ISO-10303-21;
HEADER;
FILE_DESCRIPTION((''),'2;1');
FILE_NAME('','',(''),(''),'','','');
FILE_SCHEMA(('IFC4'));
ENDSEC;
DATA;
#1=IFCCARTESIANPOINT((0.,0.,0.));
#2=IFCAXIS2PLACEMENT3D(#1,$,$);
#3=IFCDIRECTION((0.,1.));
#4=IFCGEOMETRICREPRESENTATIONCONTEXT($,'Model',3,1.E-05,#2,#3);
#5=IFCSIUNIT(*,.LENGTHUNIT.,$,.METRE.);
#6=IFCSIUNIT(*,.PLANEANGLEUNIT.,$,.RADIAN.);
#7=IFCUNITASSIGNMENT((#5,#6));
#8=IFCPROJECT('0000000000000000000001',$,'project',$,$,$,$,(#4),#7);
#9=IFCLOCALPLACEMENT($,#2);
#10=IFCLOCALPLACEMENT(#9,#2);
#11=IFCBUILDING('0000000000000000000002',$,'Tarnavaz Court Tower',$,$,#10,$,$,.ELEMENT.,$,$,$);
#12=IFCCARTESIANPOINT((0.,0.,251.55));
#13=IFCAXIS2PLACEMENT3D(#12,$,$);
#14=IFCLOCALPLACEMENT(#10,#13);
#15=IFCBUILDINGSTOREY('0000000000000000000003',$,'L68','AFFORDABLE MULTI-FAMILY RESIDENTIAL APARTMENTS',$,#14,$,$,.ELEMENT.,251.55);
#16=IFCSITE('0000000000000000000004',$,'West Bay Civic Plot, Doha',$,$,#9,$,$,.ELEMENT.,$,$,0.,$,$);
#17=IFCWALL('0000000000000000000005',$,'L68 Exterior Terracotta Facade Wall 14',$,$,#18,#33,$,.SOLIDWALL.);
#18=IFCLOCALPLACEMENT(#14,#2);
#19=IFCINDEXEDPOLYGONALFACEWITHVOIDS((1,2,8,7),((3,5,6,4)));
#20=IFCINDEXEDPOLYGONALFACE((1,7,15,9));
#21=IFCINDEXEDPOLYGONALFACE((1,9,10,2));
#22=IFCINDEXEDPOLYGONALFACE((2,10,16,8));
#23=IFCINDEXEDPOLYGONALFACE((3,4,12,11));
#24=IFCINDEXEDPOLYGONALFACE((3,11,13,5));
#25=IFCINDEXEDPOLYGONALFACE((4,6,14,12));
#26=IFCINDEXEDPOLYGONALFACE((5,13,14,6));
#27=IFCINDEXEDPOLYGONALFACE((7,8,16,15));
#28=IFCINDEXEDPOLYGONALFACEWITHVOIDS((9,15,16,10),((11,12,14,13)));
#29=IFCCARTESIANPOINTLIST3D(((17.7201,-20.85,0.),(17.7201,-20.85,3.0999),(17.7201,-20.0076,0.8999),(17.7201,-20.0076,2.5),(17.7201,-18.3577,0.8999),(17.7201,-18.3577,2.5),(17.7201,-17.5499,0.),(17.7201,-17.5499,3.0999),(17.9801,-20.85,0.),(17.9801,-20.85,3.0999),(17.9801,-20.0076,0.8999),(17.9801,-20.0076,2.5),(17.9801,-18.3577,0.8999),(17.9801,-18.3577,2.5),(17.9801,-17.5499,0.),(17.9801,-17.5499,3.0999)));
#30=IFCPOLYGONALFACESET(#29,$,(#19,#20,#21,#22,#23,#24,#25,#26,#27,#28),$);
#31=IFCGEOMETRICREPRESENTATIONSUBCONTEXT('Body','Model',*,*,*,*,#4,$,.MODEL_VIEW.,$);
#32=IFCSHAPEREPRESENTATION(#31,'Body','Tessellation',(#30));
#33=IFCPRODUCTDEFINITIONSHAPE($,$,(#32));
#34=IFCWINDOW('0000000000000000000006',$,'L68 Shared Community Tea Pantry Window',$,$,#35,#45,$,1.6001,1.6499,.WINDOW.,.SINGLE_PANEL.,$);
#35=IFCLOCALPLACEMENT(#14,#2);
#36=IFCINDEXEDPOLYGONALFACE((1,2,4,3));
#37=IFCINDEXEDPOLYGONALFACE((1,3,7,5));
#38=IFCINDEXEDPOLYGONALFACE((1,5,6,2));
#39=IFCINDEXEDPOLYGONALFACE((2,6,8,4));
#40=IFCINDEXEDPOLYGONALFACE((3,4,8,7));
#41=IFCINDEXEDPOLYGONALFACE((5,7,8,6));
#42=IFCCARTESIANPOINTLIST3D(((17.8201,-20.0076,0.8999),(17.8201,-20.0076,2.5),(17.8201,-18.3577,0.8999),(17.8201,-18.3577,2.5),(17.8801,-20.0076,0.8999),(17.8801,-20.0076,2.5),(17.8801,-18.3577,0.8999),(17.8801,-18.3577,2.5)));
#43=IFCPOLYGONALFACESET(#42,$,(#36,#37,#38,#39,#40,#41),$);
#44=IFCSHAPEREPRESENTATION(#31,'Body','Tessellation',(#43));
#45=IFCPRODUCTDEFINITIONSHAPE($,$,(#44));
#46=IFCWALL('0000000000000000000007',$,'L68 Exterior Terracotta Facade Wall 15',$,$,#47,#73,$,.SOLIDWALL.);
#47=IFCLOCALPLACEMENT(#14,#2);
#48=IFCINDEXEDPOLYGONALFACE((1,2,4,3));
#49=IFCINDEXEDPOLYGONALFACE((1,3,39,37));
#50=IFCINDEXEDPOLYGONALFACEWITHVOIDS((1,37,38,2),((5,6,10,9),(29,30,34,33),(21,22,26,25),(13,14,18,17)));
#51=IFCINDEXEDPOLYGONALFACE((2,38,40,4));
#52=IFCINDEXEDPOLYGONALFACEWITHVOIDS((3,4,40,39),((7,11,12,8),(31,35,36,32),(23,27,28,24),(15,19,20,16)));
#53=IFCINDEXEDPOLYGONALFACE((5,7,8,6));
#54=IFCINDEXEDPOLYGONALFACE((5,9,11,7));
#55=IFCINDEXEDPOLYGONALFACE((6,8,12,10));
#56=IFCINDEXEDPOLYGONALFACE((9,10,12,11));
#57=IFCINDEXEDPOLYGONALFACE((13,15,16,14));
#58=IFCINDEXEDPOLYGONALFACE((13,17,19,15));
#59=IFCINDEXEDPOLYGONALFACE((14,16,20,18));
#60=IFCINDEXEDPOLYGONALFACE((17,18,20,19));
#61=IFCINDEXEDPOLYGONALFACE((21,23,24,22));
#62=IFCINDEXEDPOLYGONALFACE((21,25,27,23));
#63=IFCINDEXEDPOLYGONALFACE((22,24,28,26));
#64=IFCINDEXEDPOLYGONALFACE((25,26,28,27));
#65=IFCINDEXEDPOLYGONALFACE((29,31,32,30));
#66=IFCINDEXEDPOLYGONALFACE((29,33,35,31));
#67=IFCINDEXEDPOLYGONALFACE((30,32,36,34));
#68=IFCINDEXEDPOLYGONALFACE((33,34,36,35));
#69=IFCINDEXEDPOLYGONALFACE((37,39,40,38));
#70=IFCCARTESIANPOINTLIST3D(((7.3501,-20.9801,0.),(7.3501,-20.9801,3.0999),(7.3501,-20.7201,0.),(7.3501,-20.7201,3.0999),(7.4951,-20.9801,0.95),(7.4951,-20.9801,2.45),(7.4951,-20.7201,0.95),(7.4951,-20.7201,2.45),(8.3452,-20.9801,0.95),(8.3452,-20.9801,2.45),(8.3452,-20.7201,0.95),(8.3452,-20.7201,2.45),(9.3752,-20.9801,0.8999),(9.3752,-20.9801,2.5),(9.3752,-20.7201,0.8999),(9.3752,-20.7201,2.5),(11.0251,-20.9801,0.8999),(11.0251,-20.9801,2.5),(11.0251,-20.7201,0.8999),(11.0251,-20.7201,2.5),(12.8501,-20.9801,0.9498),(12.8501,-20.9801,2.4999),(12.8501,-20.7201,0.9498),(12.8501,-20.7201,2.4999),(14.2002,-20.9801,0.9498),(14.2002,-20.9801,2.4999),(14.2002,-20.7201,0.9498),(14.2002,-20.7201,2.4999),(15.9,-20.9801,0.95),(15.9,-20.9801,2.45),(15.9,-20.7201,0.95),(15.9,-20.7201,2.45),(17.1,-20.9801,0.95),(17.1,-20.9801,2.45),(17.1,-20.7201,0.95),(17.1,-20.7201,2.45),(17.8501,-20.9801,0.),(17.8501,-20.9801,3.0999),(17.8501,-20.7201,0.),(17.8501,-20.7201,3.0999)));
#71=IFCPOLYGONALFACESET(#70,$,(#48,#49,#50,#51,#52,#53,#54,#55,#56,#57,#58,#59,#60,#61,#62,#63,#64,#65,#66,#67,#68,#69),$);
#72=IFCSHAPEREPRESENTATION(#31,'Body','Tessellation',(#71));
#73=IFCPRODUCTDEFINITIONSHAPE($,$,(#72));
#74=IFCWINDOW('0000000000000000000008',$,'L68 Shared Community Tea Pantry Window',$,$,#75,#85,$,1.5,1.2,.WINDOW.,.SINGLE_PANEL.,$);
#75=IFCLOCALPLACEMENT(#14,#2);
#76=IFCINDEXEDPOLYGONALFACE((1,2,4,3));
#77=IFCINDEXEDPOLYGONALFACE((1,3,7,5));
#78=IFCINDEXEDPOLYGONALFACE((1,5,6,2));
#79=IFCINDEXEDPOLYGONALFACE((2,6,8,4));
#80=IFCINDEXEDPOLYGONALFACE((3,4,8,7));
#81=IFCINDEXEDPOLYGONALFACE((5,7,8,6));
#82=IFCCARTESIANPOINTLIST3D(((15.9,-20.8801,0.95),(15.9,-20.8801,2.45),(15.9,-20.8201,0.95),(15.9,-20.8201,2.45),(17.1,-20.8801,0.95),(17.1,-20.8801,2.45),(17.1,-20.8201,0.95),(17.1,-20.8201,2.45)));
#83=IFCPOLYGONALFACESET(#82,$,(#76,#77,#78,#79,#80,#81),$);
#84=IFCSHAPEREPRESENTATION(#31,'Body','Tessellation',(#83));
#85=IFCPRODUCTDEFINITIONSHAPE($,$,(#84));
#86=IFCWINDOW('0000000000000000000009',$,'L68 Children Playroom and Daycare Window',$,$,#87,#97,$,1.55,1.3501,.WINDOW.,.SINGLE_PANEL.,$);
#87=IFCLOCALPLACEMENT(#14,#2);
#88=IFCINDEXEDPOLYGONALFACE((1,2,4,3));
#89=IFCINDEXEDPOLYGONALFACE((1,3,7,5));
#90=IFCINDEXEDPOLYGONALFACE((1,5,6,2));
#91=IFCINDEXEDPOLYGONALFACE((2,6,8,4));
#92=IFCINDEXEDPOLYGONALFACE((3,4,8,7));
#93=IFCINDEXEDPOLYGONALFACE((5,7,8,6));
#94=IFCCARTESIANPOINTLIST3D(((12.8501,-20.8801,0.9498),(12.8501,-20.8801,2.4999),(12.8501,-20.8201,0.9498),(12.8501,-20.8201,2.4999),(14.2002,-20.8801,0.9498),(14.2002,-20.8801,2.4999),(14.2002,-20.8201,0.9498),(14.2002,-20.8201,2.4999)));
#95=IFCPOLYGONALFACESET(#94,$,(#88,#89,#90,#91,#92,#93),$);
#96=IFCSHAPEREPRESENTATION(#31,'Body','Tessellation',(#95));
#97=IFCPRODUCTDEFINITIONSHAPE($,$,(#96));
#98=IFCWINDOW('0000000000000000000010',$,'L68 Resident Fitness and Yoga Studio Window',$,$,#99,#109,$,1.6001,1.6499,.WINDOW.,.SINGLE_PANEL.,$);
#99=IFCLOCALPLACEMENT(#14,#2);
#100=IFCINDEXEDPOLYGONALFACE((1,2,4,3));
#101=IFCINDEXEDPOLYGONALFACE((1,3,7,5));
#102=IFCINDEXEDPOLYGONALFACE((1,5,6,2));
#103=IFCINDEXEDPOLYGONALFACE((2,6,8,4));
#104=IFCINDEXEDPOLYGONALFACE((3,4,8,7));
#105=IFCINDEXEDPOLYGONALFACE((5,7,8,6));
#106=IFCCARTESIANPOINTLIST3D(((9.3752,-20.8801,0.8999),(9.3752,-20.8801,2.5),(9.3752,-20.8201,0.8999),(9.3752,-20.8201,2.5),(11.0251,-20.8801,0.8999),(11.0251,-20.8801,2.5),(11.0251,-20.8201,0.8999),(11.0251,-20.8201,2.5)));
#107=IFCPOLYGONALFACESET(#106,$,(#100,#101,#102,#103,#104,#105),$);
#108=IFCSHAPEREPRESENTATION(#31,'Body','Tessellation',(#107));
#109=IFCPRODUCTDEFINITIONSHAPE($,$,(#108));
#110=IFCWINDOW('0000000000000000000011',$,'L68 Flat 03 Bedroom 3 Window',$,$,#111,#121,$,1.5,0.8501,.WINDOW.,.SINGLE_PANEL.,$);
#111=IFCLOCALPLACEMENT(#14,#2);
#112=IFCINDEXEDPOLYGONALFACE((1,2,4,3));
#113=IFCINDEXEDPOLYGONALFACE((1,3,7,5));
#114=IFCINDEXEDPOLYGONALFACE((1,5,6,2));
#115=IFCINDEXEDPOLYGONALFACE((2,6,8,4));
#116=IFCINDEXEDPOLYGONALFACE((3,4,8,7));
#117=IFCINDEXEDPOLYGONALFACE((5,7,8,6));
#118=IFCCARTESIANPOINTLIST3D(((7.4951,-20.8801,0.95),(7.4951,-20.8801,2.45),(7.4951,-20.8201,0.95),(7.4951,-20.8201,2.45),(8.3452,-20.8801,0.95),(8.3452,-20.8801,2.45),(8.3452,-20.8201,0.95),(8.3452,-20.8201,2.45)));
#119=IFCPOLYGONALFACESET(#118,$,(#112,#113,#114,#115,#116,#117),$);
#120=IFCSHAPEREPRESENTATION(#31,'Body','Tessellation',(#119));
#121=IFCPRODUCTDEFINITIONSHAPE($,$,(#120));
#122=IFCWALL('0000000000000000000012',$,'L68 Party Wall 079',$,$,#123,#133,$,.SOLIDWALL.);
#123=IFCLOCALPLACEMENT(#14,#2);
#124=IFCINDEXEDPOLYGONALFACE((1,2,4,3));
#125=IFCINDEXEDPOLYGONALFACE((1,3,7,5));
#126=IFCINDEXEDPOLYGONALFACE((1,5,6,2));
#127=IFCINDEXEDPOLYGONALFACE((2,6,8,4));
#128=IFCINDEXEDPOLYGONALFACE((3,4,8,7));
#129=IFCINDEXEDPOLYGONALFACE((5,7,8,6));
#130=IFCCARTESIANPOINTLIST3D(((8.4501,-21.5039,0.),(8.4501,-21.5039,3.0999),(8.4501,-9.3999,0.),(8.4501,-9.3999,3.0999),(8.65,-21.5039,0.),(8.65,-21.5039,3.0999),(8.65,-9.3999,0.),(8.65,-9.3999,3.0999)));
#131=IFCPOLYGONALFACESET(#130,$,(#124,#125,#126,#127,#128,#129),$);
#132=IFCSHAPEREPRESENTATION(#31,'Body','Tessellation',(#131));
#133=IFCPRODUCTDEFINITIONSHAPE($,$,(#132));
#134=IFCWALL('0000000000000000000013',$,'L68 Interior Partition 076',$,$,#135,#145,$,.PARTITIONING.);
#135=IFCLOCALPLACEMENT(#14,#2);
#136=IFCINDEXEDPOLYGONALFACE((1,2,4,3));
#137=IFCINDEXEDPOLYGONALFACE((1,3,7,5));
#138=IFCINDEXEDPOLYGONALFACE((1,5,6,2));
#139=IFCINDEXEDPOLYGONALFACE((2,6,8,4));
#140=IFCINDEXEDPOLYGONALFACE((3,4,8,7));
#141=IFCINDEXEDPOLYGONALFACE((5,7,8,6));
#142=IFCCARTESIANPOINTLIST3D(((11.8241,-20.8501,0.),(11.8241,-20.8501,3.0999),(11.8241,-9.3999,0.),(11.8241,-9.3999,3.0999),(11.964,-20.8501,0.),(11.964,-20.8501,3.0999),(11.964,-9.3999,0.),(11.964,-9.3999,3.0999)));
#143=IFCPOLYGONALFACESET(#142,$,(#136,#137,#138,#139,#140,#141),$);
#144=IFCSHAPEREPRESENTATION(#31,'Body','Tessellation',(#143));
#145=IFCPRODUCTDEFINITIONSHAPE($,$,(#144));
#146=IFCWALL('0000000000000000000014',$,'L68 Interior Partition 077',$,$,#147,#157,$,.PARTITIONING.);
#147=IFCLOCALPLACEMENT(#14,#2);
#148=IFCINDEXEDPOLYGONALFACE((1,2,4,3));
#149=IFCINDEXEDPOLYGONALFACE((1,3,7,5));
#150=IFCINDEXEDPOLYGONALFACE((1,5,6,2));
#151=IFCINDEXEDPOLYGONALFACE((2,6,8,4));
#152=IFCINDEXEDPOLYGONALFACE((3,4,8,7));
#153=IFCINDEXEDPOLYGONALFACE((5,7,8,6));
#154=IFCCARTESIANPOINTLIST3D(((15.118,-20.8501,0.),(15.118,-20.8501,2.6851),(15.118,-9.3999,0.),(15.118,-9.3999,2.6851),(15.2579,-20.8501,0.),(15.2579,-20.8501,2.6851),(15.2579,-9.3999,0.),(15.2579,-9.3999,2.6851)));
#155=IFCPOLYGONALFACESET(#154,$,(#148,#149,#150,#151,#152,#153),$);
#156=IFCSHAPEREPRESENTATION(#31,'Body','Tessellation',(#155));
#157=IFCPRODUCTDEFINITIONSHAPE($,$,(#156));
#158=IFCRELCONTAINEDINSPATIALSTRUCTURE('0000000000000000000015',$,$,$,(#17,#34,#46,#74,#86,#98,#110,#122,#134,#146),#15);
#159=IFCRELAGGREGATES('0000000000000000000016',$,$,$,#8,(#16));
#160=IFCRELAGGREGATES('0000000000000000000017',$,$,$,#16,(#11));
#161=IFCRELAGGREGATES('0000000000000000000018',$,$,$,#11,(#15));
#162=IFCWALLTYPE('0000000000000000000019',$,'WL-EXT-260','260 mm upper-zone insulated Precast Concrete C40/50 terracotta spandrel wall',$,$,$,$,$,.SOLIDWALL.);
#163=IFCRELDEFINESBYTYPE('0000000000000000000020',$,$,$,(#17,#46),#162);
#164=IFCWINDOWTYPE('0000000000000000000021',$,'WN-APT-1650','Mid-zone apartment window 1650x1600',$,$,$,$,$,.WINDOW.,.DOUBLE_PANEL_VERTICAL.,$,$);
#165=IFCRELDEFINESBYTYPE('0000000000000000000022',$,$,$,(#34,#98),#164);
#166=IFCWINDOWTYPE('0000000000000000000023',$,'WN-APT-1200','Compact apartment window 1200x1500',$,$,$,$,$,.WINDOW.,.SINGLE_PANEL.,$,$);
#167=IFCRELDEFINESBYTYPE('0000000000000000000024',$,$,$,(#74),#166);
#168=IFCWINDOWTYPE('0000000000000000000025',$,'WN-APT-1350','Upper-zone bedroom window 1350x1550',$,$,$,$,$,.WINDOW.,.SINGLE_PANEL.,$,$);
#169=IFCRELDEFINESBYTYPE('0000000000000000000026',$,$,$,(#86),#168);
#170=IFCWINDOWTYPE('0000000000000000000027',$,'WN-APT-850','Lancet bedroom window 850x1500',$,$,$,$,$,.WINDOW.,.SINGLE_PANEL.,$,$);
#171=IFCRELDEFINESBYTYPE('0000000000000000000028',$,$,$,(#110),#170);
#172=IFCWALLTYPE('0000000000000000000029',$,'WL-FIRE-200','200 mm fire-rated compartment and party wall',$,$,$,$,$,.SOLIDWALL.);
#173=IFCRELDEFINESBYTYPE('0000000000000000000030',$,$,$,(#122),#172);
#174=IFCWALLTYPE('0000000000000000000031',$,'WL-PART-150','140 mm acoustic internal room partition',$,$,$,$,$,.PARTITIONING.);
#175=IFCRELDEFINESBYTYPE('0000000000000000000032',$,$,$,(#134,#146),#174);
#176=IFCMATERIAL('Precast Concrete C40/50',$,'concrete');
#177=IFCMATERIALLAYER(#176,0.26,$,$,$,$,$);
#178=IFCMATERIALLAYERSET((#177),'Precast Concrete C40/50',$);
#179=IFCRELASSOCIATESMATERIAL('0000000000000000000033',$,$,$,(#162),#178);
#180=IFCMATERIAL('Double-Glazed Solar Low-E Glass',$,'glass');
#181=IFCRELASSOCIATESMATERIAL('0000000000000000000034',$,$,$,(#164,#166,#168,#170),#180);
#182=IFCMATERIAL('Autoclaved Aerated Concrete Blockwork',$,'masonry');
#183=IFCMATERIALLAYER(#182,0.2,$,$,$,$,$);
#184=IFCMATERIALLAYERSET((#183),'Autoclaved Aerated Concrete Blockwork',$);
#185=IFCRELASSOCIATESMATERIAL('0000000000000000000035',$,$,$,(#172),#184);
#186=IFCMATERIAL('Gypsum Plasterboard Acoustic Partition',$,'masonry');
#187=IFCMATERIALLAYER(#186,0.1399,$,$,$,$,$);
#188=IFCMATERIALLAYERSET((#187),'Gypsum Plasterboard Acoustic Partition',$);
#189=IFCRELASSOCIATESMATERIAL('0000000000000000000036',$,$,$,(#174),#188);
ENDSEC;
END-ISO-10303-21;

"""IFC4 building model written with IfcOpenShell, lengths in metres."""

from ifc_helpers import new_model, si_unit, direction, frame, frame_2d, origin, place, context, subcontext, project, spatial, rectangle, extrude, material, layer, layer_set, type_object, element, fill, save


model = new_model("IFC4")

# Units and contexts
model_context = context("Model", 3, precision=1e-05, world=origin(), true_north=direction((0.0, 1.0)))
body_context = subcontext(model_context, "Body", "Model", "MODEL_VIEW")
ifc_project = project(units=[si_unit("LENGTHUNIT", "METRE"), si_unit("PLANEANGLEUNIT", "RADIAN")], contexts=[model_context])

# Site, building, storey
site_placement = place(None, origin())
site = spatial("IfcSite", under=ifc_project, at=site_placement, Name="West Bay Civic Plot, Doha", CompositionType="ELEMENT", RefElevation=0.0)
building_placement = place(site_placement, origin())
building = spatial("IfcBuilding", under=site, at=building_placement, Name="Tarnavaz Court Tower", CompositionType="ELEMENT")
storey_placement = place(building_placement, frame((0.0, 0.0, 251.55)))
storey = spatial("IfcBuildingStorey", under=building, at=storey_placement, Name="L68", Description="AFFORDABLE MULTI-FAMILY RESIDENTIAL APARTMENTS", CompositionType="ELEMENT", Elevation=251.55)

# Wall, opening, window
ifc_material_1 = material(Name="Precast Concrete C40/50", Category="concrete")
ifc_layer_1 = layer(ifc_material_1, 0.26)
ifc_layer_set_1 = layer_set([ifc_layer_1], Name="Precast Concrete C40/50")
wall_type_1 = type_object("IfcWallType", Name="WL-EXT-260", Description="260 mm upper-zone insulated Precast Concrete C40/50 terracotta spandrel wall", PredefinedType="SOLIDWALL", material=ifc_layer_set_1)
ifc_material_2 = material(Name="Double-Glazed Solar Low-E Glass", Category="glass")
wall_1_placement = place(storey_placement, frame((17.8501, -17.55, 0.0), z_axis=(0.0, 0.0, 1.0), x_axis=(0.0, -1.0, 0.0)))
wall_1 = element("IfcWall", 1, at=wall_1_placement, inside=storey, type_object=wall_type_1, Name="L68 Exterior Terracotta Facade Wall 14", PredefinedType="SOLIDWALL", context=body_context, shape_type="SweptSolid", body=[
    extrude(rectangle(XDim=3.3, YDim=0.26, at=frame_2d((1.6499, 0.0))), origin(), (0.0, 0.0, 1.0), 3.0999),
])
opening_1_placement = place(wall_1_placement, frame((0.8076, 0.0, 0.8999)))
opening_1 = element("IfcOpeningElement", 2, at=opening_1_placement, cuts=wall_1, PredefinedType="OPENING", context=body_context, shape_type="SweptSolid", body=[
    extrude(rectangle(XDim=1.6499, YDim=1.6001, at=frame_2d((0.825, 0.8))), frame((0.0, 0.1399, 0.0), z_axis=(0.0, -1.0, 0.0), x_axis=(1.0, 0.0, 0.0)), (0.0, 0.0, 1.0), 0.28),
])
window_type_1 = type_object("IfcWindowType", Name="WN-APT-1650", Description="Mid-zone apartment window 1650x1600", PartitioningType="DOUBLE_PANEL_VERTICAL", PredefinedType="WINDOW", material=ifc_material_2)
window_1_placement = place(opening_1_placement, origin())
window_1 = element("IfcWindow", 3, at=window_1_placement, inside=storey, type_object=window_type_1, Name="L68 Shared Community Tea Pantry Window", OverallHeight=1.6001, OverallWidth=1.6499, PartitioningType="SINGLE_PANEL", PredefinedType="WINDOW", context=body_context, shape_type="SweptSolid", body=[
    extrude(rectangle(XDim=1.6499, YDim=1.6001, at=frame_2d((0.825, 0.8))), frame((0.0, 0.03, 0.0), z_axis=(0.0, -1.0, 0.0), x_axis=(1.0, 0.0, 0.0)), (0.0, 0.0, 1.0), 0.0601),
])
fill(opening_1, window_1)

# Wall, openings, windows
wall_2_placement = place(storey_placement, frame((17.8501, -20.8501, 0.0), z_axis=(0.0, 0.0, 1.0), x_axis=(-1.0, 0.0, 0.0)))
wall_2 = element("IfcWall", 4, at=wall_2_placement, inside=storey, type_object=wall_type_1, Name="L68 Exterior Terracotta Facade Wall 15", PredefinedType="SOLIDWALL", context=body_context, shape_type="SweptSolid", body=[
    extrude(rectangle(XDim=10.5, YDim=0.26, at=frame_2d((5.25, 0.0))), origin(), (0.0, 0.0, 1.0), 3.0999),
])
opening_2_placement = place(wall_2_placement, frame((0.75, 0.0, 0.95)))
opening_2 = element("IfcOpeningElement", 5, at=opening_2_placement, cuts=wall_2, PredefinedType="OPENING", context=body_context, shape_type="SweptSolid", body=[
    extrude(rectangle(XDim=1.2, YDim=1.5, at=frame_2d((0.6001, 0.75))), frame((0.0, 0.1399, 0.0), z_axis=(0.0, -1.0, 0.0), x_axis=(1.0, 0.0, 0.0)), (0.0, 0.0, 1.0), 0.28),
])
opening_3_placement = place(wall_2_placement, frame((3.6499, 0.0, 0.95)))
opening_3 = element("IfcOpeningElement", 6, at=opening_3_placement, cuts=wall_2, PredefinedType="OPENING", context=body_context, shape_type="SweptSolid", body=[
    extrude(rectangle(XDim=1.3501, YDim=1.55, at=frame_2d((0.675, 0.7749))), frame((0.0, 0.1399, 0.0), z_axis=(0.0, -1.0, 0.0), x_axis=(1.0, 0.0, 0.0)), (0.0, 0.0, 1.0), 0.28),
])
opening_4_placement = place(wall_2_placement, frame((6.825, 0.0, 0.8999)))
opening_4 = element("IfcOpeningElement", 7, at=opening_4_placement, cuts=wall_2, PredefinedType="OPENING", context=body_context, shape_type="SweptSolid", body=[
    extrude(rectangle(XDim=1.6499, YDim=1.6001, at=frame_2d((0.825, 0.8))), frame((0.0, 0.1399, 0.0), z_axis=(0.0, -1.0, 0.0), x_axis=(1.0, 0.0, 0.0)), (0.0, 0.0, 1.0), 0.28),
])
opening_5_placement = place(wall_2_placement, frame((9.5049, 0.0, 0.95)))
opening_5 = element("IfcOpeningElement", 8, at=opening_5_placement, cuts=wall_2, PredefinedType="OPENING", context=body_context, shape_type="SweptSolid", body=[
    extrude(rectangle(XDim=0.8501, YDim=1.5, at=frame_2d((0.425, 0.75))), frame((0.0, 0.1399, 0.0), z_axis=(0.0, -1.0, 0.0), x_axis=(1.0, 0.0, 0.0)), (0.0, 0.0, 1.0), 0.28),
])
window_type_2 = type_object("IfcWindowType", Name="WN-APT-1200", Description="Compact apartment window 1200x1500", PartitioningType="SINGLE_PANEL", PredefinedType="WINDOW", material=ifc_material_2)
window_2_placement = place(opening_2_placement, origin())
window_2 = element("IfcWindow", 9, at=window_2_placement, inside=storey, type_object=window_type_2, Name="L68 Shared Community Tea Pantry Window", OverallHeight=1.5, OverallWidth=1.2, PartitioningType="SINGLE_PANEL", PredefinedType="WINDOW", context=body_context, shape_type="SweptSolid", body=[
    extrude(rectangle(XDim=1.2, YDim=1.5, at=frame_2d((0.6001, 0.75))), frame((0.0, 0.03, 0.0), z_axis=(0.0, -1.0, 0.0), x_axis=(1.0, 0.0, 0.0)), (0.0, 0.0, 1.0), 0.0601),
])
fill(opening_2, window_2)
window_type_3 = type_object("IfcWindowType", Name="WN-APT-1350", Description="Upper-zone bedroom window 1350x1550", PartitioningType="SINGLE_PANEL", PredefinedType="WINDOW", material=ifc_material_2)
window_3_placement = place(opening_3_placement, origin())
window_3 = element("IfcWindow", 10, at=window_3_placement, inside=storey, type_object=window_type_3, Name="L68 Children Playroom and Daycare Window", OverallHeight=1.55, OverallWidth=1.3501, PartitioningType="SINGLE_PANEL", PredefinedType="WINDOW", context=body_context, shape_type="SweptSolid", body=[
    extrude(rectangle(XDim=1.3501, YDim=1.55, at=frame_2d((0.675, 0.7749))), frame((0.0, 0.03, 0.0), z_axis=(0.0, -1.0, 0.0), x_axis=(1.0, 0.0, 0.0)), (0.0, 0.0, 1.0), 0.0601),
])
fill(opening_3, window_3)
window_4_placement = place(opening_4_placement, origin())
window_4 = element("IfcWindow", 11, at=window_4_placement, inside=storey, type_object=window_type_1, Name="L68 Resident Fitness and Yoga Studio Window", OverallHeight=1.6001, OverallWidth=1.6499, PartitioningType="SINGLE_PANEL", PredefinedType="WINDOW", context=body_context, shape_type="SweptSolid", body=[
    extrude(rectangle(XDim=1.6499, YDim=1.6001, at=frame_2d((0.825, 0.8))), frame((0.0, 0.03, 0.0), z_axis=(0.0, -1.0, 0.0), x_axis=(1.0, 0.0, 0.0)), (0.0, 0.0, 1.0), 0.0601),
])
fill(opening_4, window_4)
window_type_4 = type_object("IfcWindowType", Name="WN-APT-850", Description="Lancet bedroom window 850x1500", PartitioningType="SINGLE_PANEL", PredefinedType="WINDOW", material=ifc_material_2)
window_5_placement = place(opening_5_placement, origin())
window_5 = element("IfcWindow", 12, at=window_5_placement, inside=storey, type_object=window_type_4, Name="L68 Flat 03 Bedroom 3 Window", OverallHeight=1.5, OverallWidth=0.8501, PartitioningType="SINGLE_PANEL", PredefinedType="WINDOW", context=body_context, shape_type="SweptSolid", body=[
    extrude(rectangle(XDim=0.8501, YDim=1.5, at=frame_2d((0.425, 0.75))), frame((0.0, 0.03, 0.0), z_axis=(0.0, -1.0, 0.0), x_axis=(1.0, 0.0, 0.0)), (0.0, 0.0, 1.0), 0.0601),
])
fill(opening_5, window_5)

# Walls
ifc_material_3 = material(Name="Autoclaved Aerated Concrete Blockwork", Category="masonry")
ifc_layer_2 = layer(ifc_material_3, 0.2)
ifc_layer_set_2 = layer_set([ifc_layer_2], Name="Autoclaved Aerated Concrete Blockwork")
wall_type_2 = type_object("IfcWallType", Name="WL-FIRE-200", Description="200 mm fire-rated compartment and party wall", PredefinedType="SOLIDWALL", material=ifc_layer_set_2)
wall_3_placement = place(storey_placement, frame((8.55, -21.5039, 0.0), z_axis=(0.0, 0.0, 1.0), x_axis=(0.0, 1.0, 0.0)))
element("IfcWall", 13, at=wall_3_placement, inside=storey, type_object=wall_type_2, Name="L68 Party Wall 079", PredefinedType="SOLIDWALL", context=body_context, shape_type="SweptSolid", body=[
    extrude(rectangle(XDim=12.104, YDim=0.2, at=frame_2d((6.052, 0.0))), origin(), (0.0, 0.0, 1.0), 3.0999),
])
ifc_material_4 = material(Name="Gypsum Plasterboard Acoustic Partition", Category="masonry")
ifc_layer_3 = layer(ifc_material_4, 0.1399)
ifc_layer_set_3 = layer_set([ifc_layer_3], Name="Gypsum Plasterboard Acoustic Partition")
wall_type_3 = type_object("IfcWallType", Name="WL-PART-150", Description="140 mm acoustic internal room partition", PredefinedType="PARTITIONING", material=ifc_layer_set_3)
wall_4_placement = place(storey_placement, frame((11.894, -20.8501, 0.0), z_axis=(0.0, 0.0, 1.0), x_axis=(0.0, 1.0, 0.0)))
element("IfcWall", 14, at=wall_4_placement, inside=storey, type_object=wall_type_3, Name="L68 Interior Partition 076", PredefinedType="PARTITIONING", context=body_context, shape_type="SweptSolid", body=[
    extrude(rectangle(XDim=11.4502, YDim=0.1399, at=frame_2d((5.7251, 0.0))), origin(), (0.0, 0.0, 1.0), 3.0999),
])
wall_5_placement = place(storey_placement, frame((15.188, -20.8501, 0.0), z_axis=(0.0, 0.0, 1.0), x_axis=(0.0, 1.0, 0.0)))
element("IfcWall", 15, at=wall_5_placement, inside=storey, type_object=wall_type_3, Name="L68 Interior Partition 077", PredefinedType="PARTITIONING", context=body_context, shape_type="SweptSolid", body=[
    extrude(rectangle(XDim=11.4502, YDim=0.1399, at=frame_2d((5.7251, 0.0))), origin(), (0.0, 0.0, 1.0), 2.6851),
])

save(model, "model.ifc")
